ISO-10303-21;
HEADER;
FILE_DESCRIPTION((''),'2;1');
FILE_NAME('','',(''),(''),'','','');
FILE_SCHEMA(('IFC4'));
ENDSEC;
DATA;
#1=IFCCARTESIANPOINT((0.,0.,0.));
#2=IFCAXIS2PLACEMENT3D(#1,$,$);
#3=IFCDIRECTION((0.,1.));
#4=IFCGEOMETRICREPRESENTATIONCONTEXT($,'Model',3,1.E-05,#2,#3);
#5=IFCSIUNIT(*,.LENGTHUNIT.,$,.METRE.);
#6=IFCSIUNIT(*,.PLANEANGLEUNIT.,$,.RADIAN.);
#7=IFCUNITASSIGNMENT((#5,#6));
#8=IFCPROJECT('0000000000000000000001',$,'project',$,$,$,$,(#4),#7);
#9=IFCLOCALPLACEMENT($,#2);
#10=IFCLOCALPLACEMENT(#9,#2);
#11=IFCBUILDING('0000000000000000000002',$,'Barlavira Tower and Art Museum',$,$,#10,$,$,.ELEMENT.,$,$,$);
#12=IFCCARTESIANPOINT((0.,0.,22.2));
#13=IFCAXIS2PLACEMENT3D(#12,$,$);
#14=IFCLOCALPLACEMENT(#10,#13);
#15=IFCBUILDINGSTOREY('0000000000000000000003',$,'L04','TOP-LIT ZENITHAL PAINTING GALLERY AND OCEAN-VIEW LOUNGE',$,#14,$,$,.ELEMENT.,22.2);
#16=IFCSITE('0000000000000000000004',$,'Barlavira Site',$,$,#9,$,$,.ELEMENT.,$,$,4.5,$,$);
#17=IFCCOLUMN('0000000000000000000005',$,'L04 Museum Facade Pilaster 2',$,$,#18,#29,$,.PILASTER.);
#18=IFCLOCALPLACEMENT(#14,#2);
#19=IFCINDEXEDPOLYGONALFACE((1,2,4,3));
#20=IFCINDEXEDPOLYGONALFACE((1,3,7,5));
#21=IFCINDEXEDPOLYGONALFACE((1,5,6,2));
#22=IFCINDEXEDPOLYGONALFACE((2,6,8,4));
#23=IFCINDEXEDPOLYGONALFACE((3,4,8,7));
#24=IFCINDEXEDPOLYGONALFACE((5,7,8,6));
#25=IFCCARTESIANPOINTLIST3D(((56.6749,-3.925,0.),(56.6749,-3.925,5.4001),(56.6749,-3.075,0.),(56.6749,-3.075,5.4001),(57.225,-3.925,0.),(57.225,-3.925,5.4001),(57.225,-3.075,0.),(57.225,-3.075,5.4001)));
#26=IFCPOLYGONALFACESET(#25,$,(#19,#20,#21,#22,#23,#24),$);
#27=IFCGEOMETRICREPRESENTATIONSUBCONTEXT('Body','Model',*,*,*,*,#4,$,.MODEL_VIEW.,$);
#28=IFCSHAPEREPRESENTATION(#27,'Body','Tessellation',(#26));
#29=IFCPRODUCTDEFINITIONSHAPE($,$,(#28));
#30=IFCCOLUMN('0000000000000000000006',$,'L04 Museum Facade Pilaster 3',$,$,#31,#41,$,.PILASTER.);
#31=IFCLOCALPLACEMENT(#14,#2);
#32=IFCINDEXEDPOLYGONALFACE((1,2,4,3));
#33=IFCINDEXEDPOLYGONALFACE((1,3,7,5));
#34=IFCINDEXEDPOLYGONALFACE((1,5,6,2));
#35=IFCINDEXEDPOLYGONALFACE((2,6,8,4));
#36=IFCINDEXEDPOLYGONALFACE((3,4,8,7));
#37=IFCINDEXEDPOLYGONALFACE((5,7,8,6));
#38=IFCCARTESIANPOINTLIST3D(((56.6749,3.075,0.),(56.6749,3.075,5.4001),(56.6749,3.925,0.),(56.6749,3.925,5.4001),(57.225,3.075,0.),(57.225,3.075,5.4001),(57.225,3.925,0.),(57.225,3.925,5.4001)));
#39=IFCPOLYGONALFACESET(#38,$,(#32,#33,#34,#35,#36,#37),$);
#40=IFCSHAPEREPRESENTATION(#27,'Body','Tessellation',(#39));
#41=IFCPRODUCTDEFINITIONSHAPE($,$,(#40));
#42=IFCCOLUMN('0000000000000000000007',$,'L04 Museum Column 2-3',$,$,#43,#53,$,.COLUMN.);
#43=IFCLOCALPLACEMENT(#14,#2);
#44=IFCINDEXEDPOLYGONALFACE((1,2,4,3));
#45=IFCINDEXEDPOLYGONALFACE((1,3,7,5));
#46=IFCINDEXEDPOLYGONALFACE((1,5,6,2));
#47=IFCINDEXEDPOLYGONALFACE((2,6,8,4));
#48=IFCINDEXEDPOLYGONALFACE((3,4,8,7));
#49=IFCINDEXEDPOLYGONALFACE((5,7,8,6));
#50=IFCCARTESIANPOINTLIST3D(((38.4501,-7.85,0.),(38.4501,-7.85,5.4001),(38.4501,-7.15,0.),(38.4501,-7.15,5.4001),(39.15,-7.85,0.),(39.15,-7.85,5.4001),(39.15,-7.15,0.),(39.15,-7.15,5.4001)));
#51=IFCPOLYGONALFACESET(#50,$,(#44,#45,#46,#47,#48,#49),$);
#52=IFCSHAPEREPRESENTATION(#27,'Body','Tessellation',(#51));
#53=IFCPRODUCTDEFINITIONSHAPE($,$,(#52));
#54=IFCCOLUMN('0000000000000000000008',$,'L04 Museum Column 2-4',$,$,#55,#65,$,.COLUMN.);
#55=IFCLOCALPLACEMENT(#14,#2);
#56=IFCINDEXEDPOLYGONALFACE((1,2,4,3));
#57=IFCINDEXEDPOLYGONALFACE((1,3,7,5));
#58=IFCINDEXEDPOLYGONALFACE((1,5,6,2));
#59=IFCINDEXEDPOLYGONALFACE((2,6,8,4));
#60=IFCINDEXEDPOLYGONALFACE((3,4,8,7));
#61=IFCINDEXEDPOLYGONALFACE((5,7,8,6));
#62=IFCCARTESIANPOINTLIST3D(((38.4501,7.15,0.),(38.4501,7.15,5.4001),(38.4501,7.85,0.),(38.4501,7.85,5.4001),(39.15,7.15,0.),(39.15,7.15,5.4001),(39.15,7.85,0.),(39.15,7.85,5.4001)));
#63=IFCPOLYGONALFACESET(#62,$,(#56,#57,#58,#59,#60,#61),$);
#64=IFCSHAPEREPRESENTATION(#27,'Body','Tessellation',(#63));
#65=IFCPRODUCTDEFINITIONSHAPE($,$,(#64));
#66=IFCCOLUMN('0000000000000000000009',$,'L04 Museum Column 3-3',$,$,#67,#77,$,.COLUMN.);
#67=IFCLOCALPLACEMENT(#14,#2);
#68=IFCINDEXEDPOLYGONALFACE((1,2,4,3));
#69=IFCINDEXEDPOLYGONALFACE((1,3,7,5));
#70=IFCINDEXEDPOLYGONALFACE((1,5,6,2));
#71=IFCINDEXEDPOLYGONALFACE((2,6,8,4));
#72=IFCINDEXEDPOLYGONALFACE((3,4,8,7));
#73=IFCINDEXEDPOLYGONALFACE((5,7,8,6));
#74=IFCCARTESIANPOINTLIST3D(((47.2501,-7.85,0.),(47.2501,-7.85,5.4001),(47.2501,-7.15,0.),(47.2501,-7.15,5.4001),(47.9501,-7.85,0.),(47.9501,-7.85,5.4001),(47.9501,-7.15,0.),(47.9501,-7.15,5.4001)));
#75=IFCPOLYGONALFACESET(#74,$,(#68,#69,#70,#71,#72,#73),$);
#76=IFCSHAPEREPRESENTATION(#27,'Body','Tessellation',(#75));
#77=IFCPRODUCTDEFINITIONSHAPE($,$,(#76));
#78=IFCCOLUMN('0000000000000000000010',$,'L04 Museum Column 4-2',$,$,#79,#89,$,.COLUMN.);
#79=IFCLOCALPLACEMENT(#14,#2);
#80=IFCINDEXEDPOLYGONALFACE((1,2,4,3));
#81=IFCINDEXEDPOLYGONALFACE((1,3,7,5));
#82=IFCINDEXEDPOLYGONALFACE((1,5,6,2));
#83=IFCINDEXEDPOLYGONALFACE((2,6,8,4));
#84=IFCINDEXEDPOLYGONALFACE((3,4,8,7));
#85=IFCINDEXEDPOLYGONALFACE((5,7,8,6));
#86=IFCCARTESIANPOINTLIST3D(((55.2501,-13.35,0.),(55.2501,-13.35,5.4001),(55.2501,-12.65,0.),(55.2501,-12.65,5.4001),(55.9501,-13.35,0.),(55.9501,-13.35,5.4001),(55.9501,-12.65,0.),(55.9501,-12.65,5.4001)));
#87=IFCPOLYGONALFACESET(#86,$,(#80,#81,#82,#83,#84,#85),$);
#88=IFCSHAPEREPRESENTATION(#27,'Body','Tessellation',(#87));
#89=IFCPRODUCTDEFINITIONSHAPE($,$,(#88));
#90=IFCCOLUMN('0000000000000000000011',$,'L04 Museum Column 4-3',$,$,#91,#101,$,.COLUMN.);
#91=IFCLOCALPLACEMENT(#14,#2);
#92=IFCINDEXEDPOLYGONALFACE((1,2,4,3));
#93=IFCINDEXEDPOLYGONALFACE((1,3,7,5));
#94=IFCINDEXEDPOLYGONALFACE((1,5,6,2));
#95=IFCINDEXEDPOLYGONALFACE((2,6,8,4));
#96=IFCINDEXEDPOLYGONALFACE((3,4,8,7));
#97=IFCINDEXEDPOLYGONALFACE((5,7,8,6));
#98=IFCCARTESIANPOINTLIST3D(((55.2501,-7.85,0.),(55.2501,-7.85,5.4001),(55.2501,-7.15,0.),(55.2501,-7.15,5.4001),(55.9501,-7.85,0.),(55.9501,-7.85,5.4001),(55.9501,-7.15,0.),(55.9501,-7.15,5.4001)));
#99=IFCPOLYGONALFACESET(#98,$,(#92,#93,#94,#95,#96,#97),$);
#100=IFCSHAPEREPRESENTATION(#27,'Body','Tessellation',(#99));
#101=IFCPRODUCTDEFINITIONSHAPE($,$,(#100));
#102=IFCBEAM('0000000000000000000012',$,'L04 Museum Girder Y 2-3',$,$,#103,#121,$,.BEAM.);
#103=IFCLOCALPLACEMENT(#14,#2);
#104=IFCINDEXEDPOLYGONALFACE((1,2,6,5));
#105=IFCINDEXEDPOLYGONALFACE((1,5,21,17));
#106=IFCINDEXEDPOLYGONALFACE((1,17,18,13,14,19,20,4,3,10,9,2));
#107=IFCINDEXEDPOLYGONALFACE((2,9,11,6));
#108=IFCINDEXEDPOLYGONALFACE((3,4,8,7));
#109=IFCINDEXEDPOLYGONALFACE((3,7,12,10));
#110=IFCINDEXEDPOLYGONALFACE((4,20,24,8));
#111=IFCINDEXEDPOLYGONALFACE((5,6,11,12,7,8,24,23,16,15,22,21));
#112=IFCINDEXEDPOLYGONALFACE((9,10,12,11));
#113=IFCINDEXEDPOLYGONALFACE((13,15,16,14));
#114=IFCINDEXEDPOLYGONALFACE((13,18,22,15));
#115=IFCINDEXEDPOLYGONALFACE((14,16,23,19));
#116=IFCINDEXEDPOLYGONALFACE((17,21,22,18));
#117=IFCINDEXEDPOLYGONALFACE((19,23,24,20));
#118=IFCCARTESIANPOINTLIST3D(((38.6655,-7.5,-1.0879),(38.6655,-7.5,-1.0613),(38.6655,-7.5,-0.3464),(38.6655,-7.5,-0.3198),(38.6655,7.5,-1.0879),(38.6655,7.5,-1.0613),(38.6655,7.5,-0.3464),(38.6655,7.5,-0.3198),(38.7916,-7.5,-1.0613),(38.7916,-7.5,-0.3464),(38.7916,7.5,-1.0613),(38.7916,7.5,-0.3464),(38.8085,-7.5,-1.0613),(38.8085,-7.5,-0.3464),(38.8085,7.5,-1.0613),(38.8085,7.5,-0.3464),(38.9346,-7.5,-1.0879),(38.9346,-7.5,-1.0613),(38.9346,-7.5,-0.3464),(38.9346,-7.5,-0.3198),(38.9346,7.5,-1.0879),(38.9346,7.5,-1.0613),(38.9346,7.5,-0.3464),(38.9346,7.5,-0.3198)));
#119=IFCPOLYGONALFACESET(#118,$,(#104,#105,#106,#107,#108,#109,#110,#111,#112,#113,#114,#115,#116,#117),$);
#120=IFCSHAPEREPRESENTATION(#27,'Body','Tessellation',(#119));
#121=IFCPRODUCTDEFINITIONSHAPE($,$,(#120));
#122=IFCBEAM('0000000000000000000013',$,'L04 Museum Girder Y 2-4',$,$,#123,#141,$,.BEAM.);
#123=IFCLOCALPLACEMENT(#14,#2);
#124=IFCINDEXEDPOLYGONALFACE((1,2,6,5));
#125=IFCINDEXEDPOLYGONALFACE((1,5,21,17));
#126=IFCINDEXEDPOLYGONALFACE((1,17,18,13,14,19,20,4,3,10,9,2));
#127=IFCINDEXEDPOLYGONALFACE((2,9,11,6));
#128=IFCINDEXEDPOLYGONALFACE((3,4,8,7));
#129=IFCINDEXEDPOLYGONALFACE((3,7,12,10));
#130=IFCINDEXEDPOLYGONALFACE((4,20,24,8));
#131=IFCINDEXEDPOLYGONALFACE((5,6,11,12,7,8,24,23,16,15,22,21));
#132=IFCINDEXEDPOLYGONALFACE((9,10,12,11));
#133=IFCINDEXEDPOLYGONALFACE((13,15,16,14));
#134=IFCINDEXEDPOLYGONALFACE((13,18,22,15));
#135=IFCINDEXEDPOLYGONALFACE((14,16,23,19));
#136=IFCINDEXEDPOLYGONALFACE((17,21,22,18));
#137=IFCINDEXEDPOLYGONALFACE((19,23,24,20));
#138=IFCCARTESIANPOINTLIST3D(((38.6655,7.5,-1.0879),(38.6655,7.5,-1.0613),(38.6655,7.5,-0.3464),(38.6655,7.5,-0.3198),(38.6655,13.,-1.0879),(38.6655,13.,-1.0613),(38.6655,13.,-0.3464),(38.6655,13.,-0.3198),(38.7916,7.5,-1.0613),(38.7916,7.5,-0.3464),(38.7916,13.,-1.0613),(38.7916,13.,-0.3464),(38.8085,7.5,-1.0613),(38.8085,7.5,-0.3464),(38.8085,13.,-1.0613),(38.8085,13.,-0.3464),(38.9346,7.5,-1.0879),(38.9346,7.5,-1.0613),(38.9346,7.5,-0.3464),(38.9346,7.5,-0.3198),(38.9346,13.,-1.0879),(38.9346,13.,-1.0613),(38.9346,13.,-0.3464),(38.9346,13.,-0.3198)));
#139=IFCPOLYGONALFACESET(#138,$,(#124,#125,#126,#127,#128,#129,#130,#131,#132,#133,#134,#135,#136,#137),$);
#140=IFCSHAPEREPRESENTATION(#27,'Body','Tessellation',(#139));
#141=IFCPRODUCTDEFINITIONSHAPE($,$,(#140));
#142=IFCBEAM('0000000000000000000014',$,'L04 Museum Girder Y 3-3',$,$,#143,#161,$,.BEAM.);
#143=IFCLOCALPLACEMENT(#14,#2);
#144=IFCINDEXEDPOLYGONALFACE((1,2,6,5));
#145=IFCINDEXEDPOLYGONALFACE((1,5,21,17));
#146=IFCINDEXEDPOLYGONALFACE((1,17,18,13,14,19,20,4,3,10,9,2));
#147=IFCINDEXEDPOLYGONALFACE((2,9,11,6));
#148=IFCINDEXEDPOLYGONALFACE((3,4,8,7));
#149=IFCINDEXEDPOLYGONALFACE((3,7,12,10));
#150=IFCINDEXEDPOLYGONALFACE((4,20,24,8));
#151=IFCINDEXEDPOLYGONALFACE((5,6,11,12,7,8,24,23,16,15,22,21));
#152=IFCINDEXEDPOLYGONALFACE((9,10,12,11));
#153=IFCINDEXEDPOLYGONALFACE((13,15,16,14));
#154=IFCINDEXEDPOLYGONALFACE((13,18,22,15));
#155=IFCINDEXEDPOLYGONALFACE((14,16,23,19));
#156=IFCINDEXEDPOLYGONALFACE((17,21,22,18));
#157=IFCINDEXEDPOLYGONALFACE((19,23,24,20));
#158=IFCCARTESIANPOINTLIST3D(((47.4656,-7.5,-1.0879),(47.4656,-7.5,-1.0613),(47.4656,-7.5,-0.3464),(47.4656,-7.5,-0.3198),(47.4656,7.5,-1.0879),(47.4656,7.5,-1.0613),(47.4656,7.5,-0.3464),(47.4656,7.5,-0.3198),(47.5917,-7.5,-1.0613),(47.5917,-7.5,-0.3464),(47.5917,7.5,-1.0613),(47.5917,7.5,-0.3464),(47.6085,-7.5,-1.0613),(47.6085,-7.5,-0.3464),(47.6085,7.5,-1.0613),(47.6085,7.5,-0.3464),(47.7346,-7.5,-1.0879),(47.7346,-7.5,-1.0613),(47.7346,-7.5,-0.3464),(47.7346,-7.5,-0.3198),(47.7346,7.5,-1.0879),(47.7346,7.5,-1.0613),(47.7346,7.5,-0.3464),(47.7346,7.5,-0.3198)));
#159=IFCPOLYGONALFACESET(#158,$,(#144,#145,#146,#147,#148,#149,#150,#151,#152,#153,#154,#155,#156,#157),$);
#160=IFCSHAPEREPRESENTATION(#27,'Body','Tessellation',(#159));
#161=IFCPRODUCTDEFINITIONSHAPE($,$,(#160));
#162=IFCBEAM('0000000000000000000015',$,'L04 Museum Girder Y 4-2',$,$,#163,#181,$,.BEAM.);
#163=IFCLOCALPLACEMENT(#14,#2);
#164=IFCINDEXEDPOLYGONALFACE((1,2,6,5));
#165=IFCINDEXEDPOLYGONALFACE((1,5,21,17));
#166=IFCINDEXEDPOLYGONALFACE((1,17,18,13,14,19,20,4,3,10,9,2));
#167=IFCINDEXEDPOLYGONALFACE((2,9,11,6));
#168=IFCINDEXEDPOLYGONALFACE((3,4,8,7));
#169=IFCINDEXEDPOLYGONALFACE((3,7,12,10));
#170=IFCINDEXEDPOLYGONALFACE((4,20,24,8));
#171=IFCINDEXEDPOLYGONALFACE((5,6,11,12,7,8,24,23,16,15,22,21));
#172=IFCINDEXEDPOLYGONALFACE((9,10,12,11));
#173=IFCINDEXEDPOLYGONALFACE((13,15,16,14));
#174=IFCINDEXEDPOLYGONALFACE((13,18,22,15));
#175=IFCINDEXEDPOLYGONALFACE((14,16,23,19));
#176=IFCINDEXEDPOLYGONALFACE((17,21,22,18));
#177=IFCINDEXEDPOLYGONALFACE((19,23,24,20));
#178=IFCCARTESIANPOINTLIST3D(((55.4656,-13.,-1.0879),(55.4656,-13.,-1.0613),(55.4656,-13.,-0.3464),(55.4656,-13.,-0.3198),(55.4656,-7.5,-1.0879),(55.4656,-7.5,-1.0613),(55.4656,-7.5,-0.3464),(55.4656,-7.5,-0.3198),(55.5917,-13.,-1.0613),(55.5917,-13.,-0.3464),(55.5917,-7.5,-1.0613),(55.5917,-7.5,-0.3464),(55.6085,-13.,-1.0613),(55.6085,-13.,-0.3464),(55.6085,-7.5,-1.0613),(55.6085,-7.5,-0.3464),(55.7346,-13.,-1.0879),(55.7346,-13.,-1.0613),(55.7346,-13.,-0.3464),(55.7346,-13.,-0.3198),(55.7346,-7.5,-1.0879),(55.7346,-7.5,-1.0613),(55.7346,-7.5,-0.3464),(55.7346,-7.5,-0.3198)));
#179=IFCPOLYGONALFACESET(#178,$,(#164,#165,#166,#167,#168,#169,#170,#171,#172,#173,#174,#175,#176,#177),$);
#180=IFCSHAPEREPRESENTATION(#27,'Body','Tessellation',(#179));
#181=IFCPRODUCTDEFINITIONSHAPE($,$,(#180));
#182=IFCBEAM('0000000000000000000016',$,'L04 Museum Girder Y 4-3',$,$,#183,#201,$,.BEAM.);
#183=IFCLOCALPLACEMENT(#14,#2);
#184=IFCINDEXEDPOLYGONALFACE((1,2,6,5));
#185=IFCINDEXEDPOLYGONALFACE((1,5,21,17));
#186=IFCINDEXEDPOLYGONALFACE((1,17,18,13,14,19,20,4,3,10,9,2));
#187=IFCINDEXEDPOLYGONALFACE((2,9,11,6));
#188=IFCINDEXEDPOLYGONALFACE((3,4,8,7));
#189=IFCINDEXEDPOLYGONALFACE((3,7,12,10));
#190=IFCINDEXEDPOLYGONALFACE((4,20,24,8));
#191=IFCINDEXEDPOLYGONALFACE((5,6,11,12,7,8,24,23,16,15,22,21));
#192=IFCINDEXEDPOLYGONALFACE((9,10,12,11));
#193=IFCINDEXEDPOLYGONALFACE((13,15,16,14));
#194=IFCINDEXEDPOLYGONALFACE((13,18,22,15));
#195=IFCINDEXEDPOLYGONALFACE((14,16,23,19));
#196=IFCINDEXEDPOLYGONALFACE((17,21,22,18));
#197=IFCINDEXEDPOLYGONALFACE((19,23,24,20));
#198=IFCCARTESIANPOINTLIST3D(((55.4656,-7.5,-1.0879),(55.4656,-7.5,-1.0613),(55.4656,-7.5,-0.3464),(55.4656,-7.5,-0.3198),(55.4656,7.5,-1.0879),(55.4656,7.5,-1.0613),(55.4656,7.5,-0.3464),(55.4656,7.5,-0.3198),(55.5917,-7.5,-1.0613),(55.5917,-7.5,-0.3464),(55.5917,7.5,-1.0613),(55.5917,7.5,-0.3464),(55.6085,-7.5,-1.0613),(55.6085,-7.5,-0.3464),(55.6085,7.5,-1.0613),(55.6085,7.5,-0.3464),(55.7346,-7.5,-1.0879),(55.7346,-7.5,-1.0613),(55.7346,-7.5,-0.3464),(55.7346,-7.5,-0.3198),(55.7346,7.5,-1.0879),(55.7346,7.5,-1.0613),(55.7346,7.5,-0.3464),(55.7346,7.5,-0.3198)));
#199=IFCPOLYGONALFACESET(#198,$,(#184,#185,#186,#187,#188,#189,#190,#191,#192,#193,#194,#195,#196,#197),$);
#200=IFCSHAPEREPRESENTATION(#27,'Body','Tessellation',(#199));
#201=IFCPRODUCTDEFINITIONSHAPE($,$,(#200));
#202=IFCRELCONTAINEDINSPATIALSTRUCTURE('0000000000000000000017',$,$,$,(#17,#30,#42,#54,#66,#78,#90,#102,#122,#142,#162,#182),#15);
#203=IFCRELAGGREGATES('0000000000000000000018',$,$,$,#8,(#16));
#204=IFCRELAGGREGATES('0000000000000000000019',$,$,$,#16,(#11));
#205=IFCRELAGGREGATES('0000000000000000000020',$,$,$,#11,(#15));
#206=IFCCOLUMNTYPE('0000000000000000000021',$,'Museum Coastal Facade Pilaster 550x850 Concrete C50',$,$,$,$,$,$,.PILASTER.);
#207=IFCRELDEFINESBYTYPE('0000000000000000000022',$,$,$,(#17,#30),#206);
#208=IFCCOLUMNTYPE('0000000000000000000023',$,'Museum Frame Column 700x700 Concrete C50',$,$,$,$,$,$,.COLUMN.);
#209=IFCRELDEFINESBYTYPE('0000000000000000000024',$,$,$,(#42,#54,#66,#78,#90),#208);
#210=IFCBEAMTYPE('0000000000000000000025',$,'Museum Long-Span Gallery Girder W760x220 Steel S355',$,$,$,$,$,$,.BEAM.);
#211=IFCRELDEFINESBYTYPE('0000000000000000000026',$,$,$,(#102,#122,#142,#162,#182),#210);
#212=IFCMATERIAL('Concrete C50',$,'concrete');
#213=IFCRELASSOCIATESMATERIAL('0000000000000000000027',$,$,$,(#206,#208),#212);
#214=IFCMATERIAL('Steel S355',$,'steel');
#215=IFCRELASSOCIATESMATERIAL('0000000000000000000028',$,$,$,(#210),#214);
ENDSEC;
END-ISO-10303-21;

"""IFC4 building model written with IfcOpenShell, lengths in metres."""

from ifc_helpers import new_model, si_unit, direction, frame, origin, origin_2d, place, context, subcontext, project, spatial, rectangle, i_section, extrude, material, material_profile, profile_set, type_object, element, save


model = new_model("IFC4")

# Units and contexts
model_context = context("Model", 3, precision=1e-05, world=origin(), true_north=direction((0.0, 1.0)))
body_context = subcontext(model_context, "Body", "Model", "MODEL_VIEW")
ifc_project = project(units=[si_unit("LENGTHUNIT", "METRE"), si_unit("PLANEANGLEUNIT", "RADIAN")], contexts=[model_context])

# Site, building, storey
site_placement = place(None, origin())
site = spatial("IfcSite", under=ifc_project, at=site_placement, Name="Barlavira Site", CompositionType="ELEMENT", RefElevation=4.5)
building_placement = place(site_placement, origin())
building = spatial("IfcBuilding", under=site, at=building_placement, Name="Barlavira Tower and Art Museum", CompositionType="ELEMENT")
storey_placement = place(building_placement, frame((0.0, 0.0, 22.2)))
storey = spatial("IfcBuildingStorey", under=building, at=storey_placement, Name="L04", Description="TOP-LIT ZENITHAL PAINTING GALLERY AND OCEAN-VIEW LOUNGE", CompositionType="ELEMENT", Elevation=22.2)

# Columns
ifc_material_1 = material(Name="Concrete C50", Category="concrete")
ifc_material_profile_1 = material_profile(ifc_material_1, rectangle(XDim=0.55, YDim=0.8501, at=origin_2d()), Name="RC-PIL 550x850")
ifc_profile_set_1 = profile_set([ifc_material_profile_1], Name="Concrete C50")
column_type_1 = type_object("IfcColumnType", Name="Museum Coastal Facade Pilaster 550x850 Concrete C50", PredefinedType="PILASTER", material=ifc_profile_set_1)
for number, where, z_axis, x_axis, name in (
    (1, (56.95, -3.5, 0.0), (0.0, 0.0, 1.0), (1.0, 0.0, 0.0), "L04 Museum Facade Pilaster 2"),
    (2, (56.95, 3.5, 0.0), (0.0, 0.0, 1.0), (1.0, 0.0, 0.0), "L04 Museum Facade Pilaster 3"),
):
    element("IfcColumn", number, at=place(storey_placement, frame(where, z_axis=z_axis, x_axis=x_axis)), inside=storey, type_object=column_type_1, Name=name, PredefinedType="PILASTER", context=body_context, shape_type="SweptSolid", body=[
        extrude(rectangle(XDim=0.55, YDim=0.8501, at=origin_2d()), origin(), (0.0, 0.0, 1.0), 5.4001),
    ])
ifc_material_profile_2 = material_profile(ifc_material_1, rectangle(XDim=0.7, YDim=0.7, at=origin_2d()), Name="RC-COL 700x700")
ifc_profile_set_2 = profile_set([ifc_material_profile_2], Name="Concrete C50")
column_type_2 = type_object("IfcColumnType", Name="Museum Frame Column 700x700 Concrete C50", PredefinedType="COLUMN", material=ifc_profile_set_2)
for number, where, z_axis, x_axis, name in (
    (3, (38.8, -7.5, 0.0), (0.0, 0.0, 1.0), (1.0, 0.0, 0.0), "L04 Museum Column 2-3"),
    (4, (38.8, 7.5, 0.0), (0.0, 0.0, 1.0), (1.0, 0.0, 0.0), "L04 Museum Column 2-4"),
    (5, (47.6001, -7.5, 0.0), (0.0, 0.0, 1.0), (1.0, 0.0, 0.0), "L04 Museum Column 3-3"),
    (6, (55.6001, -13.0, 0.0), (0.0, 0.0, 1.0), (1.0, 0.0, 0.0), "L04 Museum Column 4-2"),
    (7, (55.6001, -7.5, 0.0), (0.0, 0.0, 1.0), (1.0, 0.0, 0.0), "L04 Museum Column 4-3"),
):
    element("IfcColumn", number, at=place(storey_placement, frame(where, z_axis=z_axis, x_axis=x_axis)), inside=storey, type_object=column_type_2, Name=name, PredefinedType="COLUMN", context=body_context, shape_type="SweptSolid", body=[
        extrude(rectangle(XDim=0.7, YDim=0.7, at=origin_2d()), origin(), (0.0, 0.0, 1.0), 5.4001),
    ])

# Beams
ifc_material_2 = material(Name="Steel S355", Category="steel")
ifc_material_profile_3 = material_profile(ifc_material_2, i_section(OverallWidth=0.269, OverallDepth=0.7681, WebThickness=0.0168, FlangeThickness=0.0266, at=origin_2d()), Name="W760x220.0")
ifc_profile_set_3 = profile_set([ifc_material_profile_3], Name="Steel S355")
beam_type = type_object("IfcBeamType", Name="Museum Long-Span Gallery Girder W760x220 Steel S355", PredefinedType="BEAM", material=ifc_profile_set_3)
beam_1_placement = place(storey_placement, frame((38.8, -7.5, -0.7039), z_axis=(0.0, 1.0, 0.0), x_axis=(-1.0, 0.0, 0.0)))
element("IfcBeam", 8, at=beam_1_placement, inside=storey, type_object=beam_type, Name="L04 Museum Girder Y 2-3", PredefinedType="BEAM", context=body_context, shape_type="SweptSolid", body=[
    extrude(i_section(OverallWidth=0.269, OverallDepth=0.7681, WebThickness=0.0168, FlangeThickness=0.0266, at=origin_2d()), origin(), (0.0, 0.0, 1.0), 15.0),
])
beam_2_placement = place(storey_placement, frame((38.8, 7.5, -0.7039), z_axis=(0.0, 1.0, 0.0), x_axis=(-1.0, 0.0, 0.0)))
element("IfcBeam", 9, at=beam_2_placement, inside=storey, type_object=beam_type, Name="L04 Museum Girder Y 2-4", PredefinedType="BEAM", context=body_context, shape_type="SweptSolid", body=[
    extrude(i_section(OverallWidth=0.269, OverallDepth=0.7681, WebThickness=0.0168, FlangeThickness=0.0266, at=origin_2d()), origin(), (0.0, 0.0, 1.0), 5.5),
])
beam_3_placement = place(storey_placement, frame((47.6001, -7.5, -0.7039), z_axis=(0.0, 1.0, 0.0), x_axis=(-1.0, 0.0, 0.0)))
element("IfcBeam", 10, at=beam_3_placement, inside=storey, type_object=beam_type, Name="L04 Museum Girder Y 3-3", PredefinedType="BEAM", context=body_context, shape_type="SweptSolid", body=[
    extrude(i_section(OverallWidth=0.269, OverallDepth=0.7681, WebThickness=0.0168, FlangeThickness=0.0266, at=origin_2d()), origin(), (0.0, 0.0, 1.0), 15.0),
])
beam_4_placement = place(storey_placement, frame((55.6001, -13.0, -0.7039), z_axis=(0.0, 1.0, 0.0), x_axis=(-1.0, 0.0, 0.0)))
element("IfcBeam", 11, at=beam_4_placement, inside=storey, type_object=beam_type, Name="L04 Museum Girder Y 4-2", PredefinedType="BEAM", context=body_context, shape_type="SweptSolid", body=[
    extrude(i_section(OverallWidth=0.269, OverallDepth=0.7681, WebThickness=0.0168, FlangeThickness=0.0266, at=origin_2d()), origin(), (0.0, 0.0, 1.0), 5.5),
])
beam_5_placement = place(storey_placement, frame((55.6001, -7.5, -0.7039), z_axis=(0.0, 1.0, 0.0), x_axis=(-1.0, 0.0, 0.0)))
element("IfcBeam", 12, at=beam_5_placement, inside=storey, type_object=beam_type, Name="L04 Museum Girder Y 4-3", PredefinedType="BEAM", context=body_context, shape_type="SweptSolid", body=[
    extrude(i_section(OverallWidth=0.269, OverallDepth=0.7681, WebThickness=0.0168, FlangeThickness=0.0266, at=origin_2d()), origin(), (0.0, 0.0, 1.0), 15.0),
])

save(model, "model.ifc")
